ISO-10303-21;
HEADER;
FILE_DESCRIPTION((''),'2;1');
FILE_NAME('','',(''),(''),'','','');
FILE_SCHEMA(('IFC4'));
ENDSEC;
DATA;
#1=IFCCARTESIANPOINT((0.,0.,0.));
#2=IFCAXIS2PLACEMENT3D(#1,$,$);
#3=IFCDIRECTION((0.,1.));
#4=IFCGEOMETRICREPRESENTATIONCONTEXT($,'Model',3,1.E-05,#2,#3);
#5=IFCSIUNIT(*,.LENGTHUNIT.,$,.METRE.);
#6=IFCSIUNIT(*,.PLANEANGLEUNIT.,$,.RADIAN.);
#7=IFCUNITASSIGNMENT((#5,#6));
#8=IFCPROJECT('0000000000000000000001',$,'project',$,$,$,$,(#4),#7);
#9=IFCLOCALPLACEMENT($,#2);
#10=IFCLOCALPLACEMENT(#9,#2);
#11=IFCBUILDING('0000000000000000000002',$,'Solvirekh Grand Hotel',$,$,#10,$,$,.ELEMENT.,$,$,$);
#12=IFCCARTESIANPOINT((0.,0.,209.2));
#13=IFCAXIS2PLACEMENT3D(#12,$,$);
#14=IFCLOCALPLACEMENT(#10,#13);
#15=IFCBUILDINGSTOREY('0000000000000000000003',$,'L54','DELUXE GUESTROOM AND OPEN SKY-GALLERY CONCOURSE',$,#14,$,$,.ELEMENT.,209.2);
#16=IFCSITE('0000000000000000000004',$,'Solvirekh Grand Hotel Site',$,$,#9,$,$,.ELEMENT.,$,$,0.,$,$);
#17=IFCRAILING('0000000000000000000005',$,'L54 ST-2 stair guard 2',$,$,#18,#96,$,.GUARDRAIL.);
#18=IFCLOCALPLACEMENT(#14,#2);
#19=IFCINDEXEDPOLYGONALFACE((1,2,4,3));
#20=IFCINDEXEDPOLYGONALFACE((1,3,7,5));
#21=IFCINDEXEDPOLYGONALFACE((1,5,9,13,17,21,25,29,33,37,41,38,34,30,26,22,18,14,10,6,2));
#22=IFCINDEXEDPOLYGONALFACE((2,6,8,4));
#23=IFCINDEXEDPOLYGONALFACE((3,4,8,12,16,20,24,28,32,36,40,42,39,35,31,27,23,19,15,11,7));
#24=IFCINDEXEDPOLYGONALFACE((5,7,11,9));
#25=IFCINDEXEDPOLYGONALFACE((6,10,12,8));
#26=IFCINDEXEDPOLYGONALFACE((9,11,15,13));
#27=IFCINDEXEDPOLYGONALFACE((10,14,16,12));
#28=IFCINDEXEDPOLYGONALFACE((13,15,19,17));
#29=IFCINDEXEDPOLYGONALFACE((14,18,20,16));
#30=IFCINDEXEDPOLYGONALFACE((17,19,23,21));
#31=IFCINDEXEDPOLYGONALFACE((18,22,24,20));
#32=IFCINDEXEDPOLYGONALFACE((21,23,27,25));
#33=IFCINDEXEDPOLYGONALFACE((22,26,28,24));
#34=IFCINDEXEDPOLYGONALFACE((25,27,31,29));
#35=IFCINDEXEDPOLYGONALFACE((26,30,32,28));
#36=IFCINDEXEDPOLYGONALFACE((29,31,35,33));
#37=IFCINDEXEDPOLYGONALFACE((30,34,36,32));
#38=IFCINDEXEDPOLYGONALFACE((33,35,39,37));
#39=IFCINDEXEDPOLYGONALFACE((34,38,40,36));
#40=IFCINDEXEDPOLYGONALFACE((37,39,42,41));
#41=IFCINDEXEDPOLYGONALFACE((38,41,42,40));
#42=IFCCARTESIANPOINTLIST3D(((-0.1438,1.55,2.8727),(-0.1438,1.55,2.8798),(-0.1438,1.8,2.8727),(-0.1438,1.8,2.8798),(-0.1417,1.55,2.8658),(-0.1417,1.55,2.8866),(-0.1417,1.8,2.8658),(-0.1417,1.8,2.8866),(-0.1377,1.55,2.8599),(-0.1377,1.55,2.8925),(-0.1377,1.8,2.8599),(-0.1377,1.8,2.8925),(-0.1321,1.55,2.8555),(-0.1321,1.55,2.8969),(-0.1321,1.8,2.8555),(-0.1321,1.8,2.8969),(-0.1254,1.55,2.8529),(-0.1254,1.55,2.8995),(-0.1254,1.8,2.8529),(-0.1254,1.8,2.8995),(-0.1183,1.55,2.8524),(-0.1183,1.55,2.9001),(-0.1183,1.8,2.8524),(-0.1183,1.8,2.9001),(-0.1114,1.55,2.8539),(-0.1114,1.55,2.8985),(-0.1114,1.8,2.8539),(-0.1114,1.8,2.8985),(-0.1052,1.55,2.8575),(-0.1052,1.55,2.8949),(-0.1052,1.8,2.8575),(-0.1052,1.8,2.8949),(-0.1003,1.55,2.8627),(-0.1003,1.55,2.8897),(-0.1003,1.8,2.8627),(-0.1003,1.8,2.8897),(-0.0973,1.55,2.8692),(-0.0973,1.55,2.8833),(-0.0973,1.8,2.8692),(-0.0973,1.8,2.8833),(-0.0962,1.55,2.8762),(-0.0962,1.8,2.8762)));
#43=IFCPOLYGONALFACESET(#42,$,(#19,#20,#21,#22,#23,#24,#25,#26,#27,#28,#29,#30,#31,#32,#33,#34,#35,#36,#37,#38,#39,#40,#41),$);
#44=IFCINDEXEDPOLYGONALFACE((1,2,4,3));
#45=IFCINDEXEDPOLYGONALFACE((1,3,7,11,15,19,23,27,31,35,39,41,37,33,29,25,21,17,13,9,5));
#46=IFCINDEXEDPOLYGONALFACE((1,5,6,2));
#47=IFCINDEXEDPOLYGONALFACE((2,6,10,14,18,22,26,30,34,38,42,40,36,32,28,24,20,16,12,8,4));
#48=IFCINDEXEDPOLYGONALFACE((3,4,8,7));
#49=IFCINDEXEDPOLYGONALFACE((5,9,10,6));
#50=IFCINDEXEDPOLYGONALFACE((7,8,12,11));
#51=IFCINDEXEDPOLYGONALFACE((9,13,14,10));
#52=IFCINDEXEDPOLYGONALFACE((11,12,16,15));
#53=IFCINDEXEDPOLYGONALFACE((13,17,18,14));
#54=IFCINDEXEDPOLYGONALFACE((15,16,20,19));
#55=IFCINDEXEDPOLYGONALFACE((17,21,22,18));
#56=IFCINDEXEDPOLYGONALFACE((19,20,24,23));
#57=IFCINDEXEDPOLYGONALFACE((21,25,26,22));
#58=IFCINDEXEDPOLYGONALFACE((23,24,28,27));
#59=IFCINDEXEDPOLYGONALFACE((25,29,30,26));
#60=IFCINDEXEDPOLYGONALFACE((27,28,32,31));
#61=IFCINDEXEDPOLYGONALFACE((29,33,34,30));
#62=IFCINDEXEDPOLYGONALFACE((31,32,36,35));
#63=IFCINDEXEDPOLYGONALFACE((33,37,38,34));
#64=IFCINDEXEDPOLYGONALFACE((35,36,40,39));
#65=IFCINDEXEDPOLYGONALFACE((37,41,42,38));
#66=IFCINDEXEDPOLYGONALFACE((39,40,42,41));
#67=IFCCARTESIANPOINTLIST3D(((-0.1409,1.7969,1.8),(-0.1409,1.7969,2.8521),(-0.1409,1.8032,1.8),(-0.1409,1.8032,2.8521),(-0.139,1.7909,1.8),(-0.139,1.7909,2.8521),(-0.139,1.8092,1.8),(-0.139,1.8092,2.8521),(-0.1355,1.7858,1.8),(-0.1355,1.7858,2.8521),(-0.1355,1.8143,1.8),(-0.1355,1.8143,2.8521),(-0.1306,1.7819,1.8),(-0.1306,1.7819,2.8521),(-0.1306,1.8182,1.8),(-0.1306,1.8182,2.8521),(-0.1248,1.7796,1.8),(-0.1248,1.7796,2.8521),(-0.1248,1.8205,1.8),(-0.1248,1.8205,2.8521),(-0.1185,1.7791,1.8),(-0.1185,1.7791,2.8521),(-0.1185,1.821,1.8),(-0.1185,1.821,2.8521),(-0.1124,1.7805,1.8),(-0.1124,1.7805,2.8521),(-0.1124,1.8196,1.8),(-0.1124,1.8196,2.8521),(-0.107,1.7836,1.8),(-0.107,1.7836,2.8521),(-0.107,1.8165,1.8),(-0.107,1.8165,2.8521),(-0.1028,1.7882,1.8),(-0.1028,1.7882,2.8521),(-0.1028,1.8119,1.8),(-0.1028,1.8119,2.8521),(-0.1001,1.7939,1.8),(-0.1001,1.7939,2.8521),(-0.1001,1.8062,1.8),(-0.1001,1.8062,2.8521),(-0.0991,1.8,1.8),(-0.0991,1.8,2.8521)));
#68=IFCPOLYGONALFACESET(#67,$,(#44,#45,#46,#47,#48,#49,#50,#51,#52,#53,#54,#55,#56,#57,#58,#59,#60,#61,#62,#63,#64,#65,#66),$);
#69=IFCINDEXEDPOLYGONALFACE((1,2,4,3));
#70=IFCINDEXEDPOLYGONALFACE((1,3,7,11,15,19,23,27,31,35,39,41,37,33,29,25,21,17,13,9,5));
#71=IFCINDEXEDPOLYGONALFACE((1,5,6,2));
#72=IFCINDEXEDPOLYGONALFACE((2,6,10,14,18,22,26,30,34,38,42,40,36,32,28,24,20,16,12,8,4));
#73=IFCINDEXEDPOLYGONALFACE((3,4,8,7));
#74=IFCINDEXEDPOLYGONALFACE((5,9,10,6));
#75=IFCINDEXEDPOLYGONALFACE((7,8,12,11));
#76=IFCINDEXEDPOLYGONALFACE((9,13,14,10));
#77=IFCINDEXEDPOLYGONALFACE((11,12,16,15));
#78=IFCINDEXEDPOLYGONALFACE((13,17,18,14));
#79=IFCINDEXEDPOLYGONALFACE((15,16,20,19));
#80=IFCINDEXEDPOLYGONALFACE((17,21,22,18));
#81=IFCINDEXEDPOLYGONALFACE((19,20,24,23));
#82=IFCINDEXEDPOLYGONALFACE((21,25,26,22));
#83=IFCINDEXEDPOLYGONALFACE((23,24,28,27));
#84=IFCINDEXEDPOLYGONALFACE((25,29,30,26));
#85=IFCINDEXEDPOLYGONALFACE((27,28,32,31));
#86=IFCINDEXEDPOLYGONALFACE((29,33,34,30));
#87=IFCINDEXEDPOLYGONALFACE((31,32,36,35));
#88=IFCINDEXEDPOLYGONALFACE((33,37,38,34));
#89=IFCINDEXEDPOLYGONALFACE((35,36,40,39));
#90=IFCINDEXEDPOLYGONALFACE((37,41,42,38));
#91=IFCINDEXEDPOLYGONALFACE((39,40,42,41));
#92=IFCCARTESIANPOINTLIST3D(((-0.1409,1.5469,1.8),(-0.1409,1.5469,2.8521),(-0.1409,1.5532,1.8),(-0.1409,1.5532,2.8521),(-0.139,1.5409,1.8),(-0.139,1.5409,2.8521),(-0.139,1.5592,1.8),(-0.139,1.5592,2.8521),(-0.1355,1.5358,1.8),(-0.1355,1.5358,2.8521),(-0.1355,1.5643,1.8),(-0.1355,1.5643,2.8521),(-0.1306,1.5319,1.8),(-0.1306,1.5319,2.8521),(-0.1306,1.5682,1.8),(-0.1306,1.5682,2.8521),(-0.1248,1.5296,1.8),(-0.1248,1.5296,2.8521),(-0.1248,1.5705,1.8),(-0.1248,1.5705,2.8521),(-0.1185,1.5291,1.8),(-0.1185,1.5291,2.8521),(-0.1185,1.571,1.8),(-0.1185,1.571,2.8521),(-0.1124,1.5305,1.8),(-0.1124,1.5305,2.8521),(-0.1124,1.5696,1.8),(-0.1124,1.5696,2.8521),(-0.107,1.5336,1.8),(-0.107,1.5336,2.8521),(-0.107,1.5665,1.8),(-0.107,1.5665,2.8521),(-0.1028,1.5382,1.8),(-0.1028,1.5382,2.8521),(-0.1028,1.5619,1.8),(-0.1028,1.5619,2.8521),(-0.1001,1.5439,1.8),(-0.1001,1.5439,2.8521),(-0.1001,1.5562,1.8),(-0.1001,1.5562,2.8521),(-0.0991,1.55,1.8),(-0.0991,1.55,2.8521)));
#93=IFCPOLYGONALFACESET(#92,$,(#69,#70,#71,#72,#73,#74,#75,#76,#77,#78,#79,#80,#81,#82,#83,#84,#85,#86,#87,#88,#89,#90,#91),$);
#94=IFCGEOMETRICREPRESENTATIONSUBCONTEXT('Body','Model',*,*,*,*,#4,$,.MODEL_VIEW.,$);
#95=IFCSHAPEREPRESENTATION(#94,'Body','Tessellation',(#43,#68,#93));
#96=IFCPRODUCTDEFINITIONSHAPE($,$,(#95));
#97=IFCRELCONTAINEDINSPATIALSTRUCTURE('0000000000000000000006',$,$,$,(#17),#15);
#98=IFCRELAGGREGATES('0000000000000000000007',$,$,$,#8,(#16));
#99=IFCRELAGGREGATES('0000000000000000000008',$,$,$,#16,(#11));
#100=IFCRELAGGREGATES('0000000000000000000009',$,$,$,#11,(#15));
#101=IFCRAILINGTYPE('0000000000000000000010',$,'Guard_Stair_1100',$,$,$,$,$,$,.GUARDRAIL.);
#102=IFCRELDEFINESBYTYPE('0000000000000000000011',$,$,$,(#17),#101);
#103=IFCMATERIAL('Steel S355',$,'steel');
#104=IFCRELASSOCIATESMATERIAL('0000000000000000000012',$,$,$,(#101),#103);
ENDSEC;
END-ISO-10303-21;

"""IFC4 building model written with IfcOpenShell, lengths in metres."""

from ifc_helpers import new_model, si_unit, direction, frame, origin, origin_2d, place, context, subcontext, project, spatial, circle, extrude, material, type_object, element, save


model = new_model("IFC4")

# Units and contexts
model_context = context("Model", 3, precision=1e-05, world=origin(), true_north=direction((0.0, 1.0)))
body_context = subcontext(model_context, "Body", "Model", "MODEL_VIEW")
ifc_project = project(units=[si_unit("LENGTHUNIT", "METRE"), si_unit("PLANEANGLEUNIT", "RADIAN")], contexts=[model_context])

# Site, building, storey
site_placement = place(None, origin())
site = spatial("IfcSite", under=ifc_project, at=site_placement, Name="Solvirekh Grand Hotel Site", CompositionType="ELEMENT", RefElevation=0.0)
building_placement = place(site_placement, origin())
building = spatial("IfcBuilding", under=site, at=building_placement, Name="Solvirekh Grand Hotel", CompositionType="ELEMENT")
storey_placement = place(building_placement, frame((0.0, 0.0, 209.2)))
storey = spatial("IfcBuildingStorey", under=building, at=storey_placement, Name="L54", Description="DELUXE GUESTROOM AND OPEN SKY-GALLERY CONCOURSE", CompositionType="ELEMENT", Elevation=209.2)

# Shared definitions
ifc_material_1 = material(Name="Steel S355", Category="steel")

# Railing
railing_type_1 = type_object("IfcRailingType", Name="Guard_Stair_1100", PredefinedType="GUARDRAIL", material=ifc_material_1)
railing_1_placement = place(storey_placement, frame((-0.1201, 1.8, 1.8)))
element("IfcRailing", 1, at=railing_1_placement, inside=storey, type_object=railing_type_1, Name="L54 ST-2 stair guard 2", PredefinedType="GUARDRAIL", context=body_context, shape_type="SweptSolid", body=[
    extrude(circle(Radius=0.0239, at=origin_2d()), frame((0.0, 0.0, 1.0762), z_axis=(0.0, -1.0, 0.0), x_axis=(1.0, 0.0, 0.0)), (0.0, 0.0, 1.0), 0.25),
    extrude(circle(Radius=0.021, at=origin_2d()), origin(), (0.0, 0.0, 1.0), 1.052),
    extrude(circle(Radius=0.021, at=origin_2d()), frame((0.0, -0.25, 0.0)), (0.0, 0.0, 1.0), 1.052),
])

save(model, "model.ifc")
